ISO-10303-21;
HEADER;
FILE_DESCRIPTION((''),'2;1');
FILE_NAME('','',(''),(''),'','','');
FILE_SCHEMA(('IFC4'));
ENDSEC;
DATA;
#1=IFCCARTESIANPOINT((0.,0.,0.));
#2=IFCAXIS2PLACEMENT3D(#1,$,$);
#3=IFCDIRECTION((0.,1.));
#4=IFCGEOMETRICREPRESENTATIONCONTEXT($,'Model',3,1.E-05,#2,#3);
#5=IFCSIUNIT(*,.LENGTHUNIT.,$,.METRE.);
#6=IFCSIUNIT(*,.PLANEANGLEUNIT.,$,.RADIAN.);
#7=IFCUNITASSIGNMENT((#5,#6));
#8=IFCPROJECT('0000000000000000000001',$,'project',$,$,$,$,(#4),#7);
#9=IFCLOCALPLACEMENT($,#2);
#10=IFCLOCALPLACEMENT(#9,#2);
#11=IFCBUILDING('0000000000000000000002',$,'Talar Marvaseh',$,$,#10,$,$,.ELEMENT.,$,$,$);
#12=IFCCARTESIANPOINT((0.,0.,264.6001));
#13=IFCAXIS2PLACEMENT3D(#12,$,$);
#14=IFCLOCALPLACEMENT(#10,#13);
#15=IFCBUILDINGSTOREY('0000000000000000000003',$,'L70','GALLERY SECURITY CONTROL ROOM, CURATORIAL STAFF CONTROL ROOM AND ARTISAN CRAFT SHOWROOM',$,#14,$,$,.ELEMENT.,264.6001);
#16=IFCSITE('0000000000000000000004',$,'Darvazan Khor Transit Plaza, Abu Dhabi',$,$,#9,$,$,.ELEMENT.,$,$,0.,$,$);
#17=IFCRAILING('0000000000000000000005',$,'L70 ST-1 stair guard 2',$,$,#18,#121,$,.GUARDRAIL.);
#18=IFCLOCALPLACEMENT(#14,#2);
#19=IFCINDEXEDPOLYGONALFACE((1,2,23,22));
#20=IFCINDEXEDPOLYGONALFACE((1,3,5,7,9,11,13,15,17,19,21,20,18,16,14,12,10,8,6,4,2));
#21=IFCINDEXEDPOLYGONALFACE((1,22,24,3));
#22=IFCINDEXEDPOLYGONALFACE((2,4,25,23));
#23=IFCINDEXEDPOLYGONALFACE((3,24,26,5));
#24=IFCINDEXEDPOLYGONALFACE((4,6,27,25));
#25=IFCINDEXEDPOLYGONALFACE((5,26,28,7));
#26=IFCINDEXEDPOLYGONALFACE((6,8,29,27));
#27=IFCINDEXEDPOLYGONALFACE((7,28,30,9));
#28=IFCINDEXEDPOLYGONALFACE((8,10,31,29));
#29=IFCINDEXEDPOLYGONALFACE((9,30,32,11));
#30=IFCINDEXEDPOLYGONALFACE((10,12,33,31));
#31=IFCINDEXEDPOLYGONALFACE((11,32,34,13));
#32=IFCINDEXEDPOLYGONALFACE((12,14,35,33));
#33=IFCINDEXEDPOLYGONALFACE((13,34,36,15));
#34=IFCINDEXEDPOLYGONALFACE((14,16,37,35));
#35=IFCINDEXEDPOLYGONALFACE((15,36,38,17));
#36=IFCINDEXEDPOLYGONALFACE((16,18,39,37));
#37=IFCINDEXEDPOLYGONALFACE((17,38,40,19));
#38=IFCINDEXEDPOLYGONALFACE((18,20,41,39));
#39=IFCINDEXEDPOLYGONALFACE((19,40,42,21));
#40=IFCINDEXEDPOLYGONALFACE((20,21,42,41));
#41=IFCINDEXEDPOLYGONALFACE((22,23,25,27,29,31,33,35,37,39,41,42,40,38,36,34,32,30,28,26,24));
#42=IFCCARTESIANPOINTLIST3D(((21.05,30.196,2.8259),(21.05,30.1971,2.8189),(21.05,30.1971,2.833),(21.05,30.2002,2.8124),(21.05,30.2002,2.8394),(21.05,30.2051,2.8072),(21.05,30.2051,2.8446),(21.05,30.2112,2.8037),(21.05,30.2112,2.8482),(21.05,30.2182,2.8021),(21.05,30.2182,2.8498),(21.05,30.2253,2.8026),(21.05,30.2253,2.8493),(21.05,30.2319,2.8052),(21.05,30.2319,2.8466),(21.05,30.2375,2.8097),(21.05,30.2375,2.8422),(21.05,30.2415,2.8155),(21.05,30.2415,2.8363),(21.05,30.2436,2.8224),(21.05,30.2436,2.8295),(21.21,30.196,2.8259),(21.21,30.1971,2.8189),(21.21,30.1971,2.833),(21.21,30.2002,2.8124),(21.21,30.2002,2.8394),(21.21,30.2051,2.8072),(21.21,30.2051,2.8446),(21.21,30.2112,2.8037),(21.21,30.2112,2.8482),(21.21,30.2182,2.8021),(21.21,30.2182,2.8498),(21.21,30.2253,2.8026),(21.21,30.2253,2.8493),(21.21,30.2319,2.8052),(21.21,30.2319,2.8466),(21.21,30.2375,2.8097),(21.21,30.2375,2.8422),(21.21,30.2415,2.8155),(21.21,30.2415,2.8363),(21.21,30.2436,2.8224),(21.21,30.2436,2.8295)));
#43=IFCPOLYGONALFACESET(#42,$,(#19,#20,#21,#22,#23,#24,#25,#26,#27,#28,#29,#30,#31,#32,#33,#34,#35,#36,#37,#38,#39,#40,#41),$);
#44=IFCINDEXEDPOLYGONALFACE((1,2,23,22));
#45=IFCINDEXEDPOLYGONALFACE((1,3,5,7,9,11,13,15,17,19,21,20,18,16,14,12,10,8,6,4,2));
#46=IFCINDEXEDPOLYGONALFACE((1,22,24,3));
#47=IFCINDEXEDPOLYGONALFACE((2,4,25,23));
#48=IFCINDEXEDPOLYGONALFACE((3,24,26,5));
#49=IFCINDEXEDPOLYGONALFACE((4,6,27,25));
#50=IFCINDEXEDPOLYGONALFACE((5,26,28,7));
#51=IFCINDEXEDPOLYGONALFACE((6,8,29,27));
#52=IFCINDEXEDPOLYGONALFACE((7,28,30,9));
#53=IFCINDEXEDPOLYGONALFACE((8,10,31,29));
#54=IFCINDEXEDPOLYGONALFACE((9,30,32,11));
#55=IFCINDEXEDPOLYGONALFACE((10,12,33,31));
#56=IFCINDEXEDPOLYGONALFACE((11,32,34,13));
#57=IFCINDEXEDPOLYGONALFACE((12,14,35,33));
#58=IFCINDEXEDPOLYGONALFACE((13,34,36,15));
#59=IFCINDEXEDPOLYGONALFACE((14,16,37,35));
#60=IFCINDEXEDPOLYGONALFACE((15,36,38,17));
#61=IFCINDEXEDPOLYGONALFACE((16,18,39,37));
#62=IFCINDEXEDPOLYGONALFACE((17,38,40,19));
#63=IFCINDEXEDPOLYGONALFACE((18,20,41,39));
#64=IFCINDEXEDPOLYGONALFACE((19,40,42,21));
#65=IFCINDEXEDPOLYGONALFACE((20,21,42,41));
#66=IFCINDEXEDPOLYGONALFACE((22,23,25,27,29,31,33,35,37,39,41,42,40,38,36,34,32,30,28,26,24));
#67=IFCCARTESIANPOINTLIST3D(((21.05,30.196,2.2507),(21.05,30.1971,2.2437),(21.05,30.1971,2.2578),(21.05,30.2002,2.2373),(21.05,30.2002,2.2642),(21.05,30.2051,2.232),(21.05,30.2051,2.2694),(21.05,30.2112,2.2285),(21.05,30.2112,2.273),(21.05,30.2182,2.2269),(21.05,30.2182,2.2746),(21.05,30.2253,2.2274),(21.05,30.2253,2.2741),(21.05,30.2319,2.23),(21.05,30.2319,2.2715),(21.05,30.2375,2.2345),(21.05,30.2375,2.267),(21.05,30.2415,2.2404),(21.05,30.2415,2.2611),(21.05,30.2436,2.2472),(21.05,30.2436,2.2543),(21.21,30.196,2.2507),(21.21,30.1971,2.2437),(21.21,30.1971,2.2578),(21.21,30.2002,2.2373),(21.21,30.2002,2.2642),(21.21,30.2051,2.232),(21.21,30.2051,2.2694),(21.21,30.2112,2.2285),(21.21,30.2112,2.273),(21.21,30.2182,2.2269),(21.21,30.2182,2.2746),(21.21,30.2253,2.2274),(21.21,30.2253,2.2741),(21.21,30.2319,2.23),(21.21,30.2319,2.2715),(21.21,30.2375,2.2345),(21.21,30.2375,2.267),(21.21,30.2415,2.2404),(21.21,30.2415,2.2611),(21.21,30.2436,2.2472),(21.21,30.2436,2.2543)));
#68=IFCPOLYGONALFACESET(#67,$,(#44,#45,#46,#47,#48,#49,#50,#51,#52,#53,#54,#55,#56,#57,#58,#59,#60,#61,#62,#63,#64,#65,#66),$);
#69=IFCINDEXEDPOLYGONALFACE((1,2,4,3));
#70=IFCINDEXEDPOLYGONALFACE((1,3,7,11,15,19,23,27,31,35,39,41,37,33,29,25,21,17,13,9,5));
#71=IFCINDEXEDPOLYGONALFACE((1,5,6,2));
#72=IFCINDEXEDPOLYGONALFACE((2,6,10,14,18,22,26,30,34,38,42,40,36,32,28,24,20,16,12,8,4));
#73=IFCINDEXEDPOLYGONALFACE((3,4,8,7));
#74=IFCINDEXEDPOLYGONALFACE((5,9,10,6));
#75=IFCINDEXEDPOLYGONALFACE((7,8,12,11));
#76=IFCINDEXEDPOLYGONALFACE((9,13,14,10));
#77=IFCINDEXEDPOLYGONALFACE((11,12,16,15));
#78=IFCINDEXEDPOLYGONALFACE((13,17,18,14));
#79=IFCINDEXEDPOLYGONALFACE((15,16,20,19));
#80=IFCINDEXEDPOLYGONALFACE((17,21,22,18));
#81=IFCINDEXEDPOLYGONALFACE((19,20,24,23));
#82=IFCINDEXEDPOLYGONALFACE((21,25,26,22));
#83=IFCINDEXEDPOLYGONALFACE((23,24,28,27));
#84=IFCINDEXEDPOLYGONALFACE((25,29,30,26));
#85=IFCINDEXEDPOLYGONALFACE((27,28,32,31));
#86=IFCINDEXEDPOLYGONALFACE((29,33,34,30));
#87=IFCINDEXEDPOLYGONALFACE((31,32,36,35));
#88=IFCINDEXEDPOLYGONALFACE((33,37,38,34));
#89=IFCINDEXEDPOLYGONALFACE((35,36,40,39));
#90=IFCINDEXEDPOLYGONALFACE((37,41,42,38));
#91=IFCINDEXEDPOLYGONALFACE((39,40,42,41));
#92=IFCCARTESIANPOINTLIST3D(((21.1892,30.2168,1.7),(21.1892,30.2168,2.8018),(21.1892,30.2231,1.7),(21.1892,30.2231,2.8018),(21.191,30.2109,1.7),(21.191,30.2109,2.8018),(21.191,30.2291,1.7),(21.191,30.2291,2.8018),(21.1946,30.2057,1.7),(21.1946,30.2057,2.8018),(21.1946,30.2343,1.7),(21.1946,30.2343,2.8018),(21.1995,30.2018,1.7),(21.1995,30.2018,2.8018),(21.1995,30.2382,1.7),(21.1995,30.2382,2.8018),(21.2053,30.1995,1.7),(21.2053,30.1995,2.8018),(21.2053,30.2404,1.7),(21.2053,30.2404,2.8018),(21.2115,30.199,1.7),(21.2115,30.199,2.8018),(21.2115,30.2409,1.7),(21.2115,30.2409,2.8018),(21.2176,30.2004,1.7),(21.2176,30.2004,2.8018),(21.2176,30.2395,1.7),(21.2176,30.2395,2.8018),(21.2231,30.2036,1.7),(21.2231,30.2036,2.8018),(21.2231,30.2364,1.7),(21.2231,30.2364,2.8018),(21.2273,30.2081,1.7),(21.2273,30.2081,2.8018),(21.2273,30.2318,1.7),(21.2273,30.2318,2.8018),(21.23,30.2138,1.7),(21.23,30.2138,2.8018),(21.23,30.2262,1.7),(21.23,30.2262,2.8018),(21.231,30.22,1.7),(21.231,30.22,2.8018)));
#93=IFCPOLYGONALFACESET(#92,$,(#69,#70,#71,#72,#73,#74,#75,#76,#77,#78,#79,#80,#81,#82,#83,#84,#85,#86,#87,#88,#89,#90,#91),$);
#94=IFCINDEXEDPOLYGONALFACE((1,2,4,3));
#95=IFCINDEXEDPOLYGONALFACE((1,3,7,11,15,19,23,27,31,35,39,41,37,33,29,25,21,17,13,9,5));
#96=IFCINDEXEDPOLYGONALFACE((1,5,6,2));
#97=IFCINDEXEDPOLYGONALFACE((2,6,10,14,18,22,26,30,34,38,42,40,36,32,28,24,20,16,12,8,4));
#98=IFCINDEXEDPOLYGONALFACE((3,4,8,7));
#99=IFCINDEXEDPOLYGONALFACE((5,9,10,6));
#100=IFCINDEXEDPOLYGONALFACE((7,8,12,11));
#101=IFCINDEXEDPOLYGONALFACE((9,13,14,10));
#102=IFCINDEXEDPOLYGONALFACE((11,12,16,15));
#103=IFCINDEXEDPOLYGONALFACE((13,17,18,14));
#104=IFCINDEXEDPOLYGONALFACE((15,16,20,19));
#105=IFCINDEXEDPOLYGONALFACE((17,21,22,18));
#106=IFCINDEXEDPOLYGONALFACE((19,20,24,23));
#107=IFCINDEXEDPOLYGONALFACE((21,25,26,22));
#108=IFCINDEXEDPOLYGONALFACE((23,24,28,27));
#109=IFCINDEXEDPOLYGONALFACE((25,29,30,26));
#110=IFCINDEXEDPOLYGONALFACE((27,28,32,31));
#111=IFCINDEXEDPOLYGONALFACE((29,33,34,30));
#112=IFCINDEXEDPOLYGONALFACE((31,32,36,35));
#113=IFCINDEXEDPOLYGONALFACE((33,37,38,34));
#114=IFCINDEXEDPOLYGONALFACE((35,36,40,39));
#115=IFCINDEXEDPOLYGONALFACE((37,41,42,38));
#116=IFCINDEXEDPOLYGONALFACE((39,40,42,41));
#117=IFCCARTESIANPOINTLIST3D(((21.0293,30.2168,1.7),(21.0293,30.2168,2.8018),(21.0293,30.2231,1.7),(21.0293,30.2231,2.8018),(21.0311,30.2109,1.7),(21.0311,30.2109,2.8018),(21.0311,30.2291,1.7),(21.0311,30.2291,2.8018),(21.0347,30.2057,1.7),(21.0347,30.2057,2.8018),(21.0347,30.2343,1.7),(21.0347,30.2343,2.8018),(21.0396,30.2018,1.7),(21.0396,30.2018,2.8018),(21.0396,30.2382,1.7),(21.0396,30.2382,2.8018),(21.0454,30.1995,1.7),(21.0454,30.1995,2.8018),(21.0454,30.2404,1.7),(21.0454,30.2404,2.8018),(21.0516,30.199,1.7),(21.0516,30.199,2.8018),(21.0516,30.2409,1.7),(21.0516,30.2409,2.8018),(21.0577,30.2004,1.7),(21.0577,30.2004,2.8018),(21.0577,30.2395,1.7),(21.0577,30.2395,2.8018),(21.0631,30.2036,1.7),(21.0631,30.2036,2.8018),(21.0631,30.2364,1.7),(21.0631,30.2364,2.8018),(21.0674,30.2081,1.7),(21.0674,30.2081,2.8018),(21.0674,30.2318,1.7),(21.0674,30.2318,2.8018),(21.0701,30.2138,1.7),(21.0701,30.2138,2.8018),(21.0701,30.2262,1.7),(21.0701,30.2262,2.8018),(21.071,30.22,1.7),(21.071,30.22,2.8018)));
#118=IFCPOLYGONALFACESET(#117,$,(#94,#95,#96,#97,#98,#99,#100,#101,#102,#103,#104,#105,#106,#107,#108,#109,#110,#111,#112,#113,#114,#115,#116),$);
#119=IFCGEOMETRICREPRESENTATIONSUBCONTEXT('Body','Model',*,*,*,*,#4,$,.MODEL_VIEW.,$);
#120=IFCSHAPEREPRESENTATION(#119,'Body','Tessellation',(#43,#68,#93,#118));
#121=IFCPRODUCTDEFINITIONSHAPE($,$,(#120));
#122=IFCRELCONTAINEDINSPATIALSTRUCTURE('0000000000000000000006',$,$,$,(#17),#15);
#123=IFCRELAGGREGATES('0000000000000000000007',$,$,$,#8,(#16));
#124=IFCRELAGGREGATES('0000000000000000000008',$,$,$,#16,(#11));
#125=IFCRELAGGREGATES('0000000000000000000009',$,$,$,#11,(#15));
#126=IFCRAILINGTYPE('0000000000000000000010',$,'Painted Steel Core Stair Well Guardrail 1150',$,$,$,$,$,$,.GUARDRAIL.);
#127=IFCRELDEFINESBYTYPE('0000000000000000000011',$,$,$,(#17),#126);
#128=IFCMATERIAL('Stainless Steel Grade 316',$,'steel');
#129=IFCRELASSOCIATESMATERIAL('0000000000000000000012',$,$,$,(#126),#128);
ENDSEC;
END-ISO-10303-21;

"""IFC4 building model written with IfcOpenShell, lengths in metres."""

from ifc_helpers import new_model, si_unit, direction, frame, origin, origin_2d, place, context, subcontext, project, spatial, circle, extrude, material, type_object, element, save


model = new_model("IFC4")

# Units and contexts
model_context = context("Model", 3, precision=1e-05, world=origin(), true_north=direction((0.0, 1.0)))
body_context = subcontext(model_context, "Body", "Model", "MODEL_VIEW")
ifc_project = project(units=[si_unit("LENGTHUNIT", "METRE"), si_unit("PLANEANGLEUNIT", "RADIAN")], contexts=[model_context])

# Site, building, storey
site_placement = place(None, origin())
site = spatial("IfcSite", under=ifc_project, at=site_placement, Name="Darvazan Khor Transit Plaza, Abu Dhabi", CompositionType="ELEMENT", RefElevation=0.0)
building_placement = place(site_placement, origin())
building = spatial("IfcBuilding", under=site, at=building_placement, Name="Talar Marvaseh", CompositionType="ELEMENT")
storey_placement = place(building_placement, frame((0.0, 0.0, 264.6001)))
storey = spatial("IfcBuildingStorey", under=building, at=storey_placement, Name="L70", Description="GALLERY SECURITY CONTROL ROOM, CURATORIAL STAFF CONTROL ROOM AND ARTISAN CRAFT SHOWROOM", CompositionType="ELEMENT", Elevation=264.6001)

# Railing
ifc_material_1 = material(Name="Stainless Steel Grade 316", Category="steel")
railing_type_1 = type_object("IfcRailingType", Name="Painted Steel Core Stair Well Guardrail 1150", PredefinedType="GUARDRAIL", material=ifc_material_1)
railing_1_placement = place(storey_placement, frame((21.21, 30.22, 1.7)))
element("IfcRailing", 1, at=railing_1_placement, inside=storey, type_object=railing_type_1, Name="L70 ST-1 stair guard 2", PredefinedType="GUARDRAIL", context=body_context, shape_type="SweptSolid", body=[
    extrude(circle(Radius=0.0239, at=origin_2d()), frame((0.0, 0.0, 1.126), z_axis=(-1.0, 0.0, 0.0), x_axis=(0.0, -1.0, 0.0)), (0.0, 0.0, 1.0), 0.1599),
    extrude(circle(Radius=0.0239, at=origin_2d()), frame((0.0, 0.0, 0.5508), z_axis=(-1.0, 0.0, 0.0), x_axis=(0.0, -1.0, 0.0)), (0.0, 0.0, 1.0), 0.1599),
    extrude(circle(Radius=0.021, at=origin_2d()), origin(), (0.0, 0.0, 1.0), 1.1018),
    extrude(circle(Radius=0.021, at=origin_2d()), frame((-0.1599, 0.0, 0.0)), (0.0, 0.0, 1.0), 1.1018),
])

save(model, "model.ifc")
